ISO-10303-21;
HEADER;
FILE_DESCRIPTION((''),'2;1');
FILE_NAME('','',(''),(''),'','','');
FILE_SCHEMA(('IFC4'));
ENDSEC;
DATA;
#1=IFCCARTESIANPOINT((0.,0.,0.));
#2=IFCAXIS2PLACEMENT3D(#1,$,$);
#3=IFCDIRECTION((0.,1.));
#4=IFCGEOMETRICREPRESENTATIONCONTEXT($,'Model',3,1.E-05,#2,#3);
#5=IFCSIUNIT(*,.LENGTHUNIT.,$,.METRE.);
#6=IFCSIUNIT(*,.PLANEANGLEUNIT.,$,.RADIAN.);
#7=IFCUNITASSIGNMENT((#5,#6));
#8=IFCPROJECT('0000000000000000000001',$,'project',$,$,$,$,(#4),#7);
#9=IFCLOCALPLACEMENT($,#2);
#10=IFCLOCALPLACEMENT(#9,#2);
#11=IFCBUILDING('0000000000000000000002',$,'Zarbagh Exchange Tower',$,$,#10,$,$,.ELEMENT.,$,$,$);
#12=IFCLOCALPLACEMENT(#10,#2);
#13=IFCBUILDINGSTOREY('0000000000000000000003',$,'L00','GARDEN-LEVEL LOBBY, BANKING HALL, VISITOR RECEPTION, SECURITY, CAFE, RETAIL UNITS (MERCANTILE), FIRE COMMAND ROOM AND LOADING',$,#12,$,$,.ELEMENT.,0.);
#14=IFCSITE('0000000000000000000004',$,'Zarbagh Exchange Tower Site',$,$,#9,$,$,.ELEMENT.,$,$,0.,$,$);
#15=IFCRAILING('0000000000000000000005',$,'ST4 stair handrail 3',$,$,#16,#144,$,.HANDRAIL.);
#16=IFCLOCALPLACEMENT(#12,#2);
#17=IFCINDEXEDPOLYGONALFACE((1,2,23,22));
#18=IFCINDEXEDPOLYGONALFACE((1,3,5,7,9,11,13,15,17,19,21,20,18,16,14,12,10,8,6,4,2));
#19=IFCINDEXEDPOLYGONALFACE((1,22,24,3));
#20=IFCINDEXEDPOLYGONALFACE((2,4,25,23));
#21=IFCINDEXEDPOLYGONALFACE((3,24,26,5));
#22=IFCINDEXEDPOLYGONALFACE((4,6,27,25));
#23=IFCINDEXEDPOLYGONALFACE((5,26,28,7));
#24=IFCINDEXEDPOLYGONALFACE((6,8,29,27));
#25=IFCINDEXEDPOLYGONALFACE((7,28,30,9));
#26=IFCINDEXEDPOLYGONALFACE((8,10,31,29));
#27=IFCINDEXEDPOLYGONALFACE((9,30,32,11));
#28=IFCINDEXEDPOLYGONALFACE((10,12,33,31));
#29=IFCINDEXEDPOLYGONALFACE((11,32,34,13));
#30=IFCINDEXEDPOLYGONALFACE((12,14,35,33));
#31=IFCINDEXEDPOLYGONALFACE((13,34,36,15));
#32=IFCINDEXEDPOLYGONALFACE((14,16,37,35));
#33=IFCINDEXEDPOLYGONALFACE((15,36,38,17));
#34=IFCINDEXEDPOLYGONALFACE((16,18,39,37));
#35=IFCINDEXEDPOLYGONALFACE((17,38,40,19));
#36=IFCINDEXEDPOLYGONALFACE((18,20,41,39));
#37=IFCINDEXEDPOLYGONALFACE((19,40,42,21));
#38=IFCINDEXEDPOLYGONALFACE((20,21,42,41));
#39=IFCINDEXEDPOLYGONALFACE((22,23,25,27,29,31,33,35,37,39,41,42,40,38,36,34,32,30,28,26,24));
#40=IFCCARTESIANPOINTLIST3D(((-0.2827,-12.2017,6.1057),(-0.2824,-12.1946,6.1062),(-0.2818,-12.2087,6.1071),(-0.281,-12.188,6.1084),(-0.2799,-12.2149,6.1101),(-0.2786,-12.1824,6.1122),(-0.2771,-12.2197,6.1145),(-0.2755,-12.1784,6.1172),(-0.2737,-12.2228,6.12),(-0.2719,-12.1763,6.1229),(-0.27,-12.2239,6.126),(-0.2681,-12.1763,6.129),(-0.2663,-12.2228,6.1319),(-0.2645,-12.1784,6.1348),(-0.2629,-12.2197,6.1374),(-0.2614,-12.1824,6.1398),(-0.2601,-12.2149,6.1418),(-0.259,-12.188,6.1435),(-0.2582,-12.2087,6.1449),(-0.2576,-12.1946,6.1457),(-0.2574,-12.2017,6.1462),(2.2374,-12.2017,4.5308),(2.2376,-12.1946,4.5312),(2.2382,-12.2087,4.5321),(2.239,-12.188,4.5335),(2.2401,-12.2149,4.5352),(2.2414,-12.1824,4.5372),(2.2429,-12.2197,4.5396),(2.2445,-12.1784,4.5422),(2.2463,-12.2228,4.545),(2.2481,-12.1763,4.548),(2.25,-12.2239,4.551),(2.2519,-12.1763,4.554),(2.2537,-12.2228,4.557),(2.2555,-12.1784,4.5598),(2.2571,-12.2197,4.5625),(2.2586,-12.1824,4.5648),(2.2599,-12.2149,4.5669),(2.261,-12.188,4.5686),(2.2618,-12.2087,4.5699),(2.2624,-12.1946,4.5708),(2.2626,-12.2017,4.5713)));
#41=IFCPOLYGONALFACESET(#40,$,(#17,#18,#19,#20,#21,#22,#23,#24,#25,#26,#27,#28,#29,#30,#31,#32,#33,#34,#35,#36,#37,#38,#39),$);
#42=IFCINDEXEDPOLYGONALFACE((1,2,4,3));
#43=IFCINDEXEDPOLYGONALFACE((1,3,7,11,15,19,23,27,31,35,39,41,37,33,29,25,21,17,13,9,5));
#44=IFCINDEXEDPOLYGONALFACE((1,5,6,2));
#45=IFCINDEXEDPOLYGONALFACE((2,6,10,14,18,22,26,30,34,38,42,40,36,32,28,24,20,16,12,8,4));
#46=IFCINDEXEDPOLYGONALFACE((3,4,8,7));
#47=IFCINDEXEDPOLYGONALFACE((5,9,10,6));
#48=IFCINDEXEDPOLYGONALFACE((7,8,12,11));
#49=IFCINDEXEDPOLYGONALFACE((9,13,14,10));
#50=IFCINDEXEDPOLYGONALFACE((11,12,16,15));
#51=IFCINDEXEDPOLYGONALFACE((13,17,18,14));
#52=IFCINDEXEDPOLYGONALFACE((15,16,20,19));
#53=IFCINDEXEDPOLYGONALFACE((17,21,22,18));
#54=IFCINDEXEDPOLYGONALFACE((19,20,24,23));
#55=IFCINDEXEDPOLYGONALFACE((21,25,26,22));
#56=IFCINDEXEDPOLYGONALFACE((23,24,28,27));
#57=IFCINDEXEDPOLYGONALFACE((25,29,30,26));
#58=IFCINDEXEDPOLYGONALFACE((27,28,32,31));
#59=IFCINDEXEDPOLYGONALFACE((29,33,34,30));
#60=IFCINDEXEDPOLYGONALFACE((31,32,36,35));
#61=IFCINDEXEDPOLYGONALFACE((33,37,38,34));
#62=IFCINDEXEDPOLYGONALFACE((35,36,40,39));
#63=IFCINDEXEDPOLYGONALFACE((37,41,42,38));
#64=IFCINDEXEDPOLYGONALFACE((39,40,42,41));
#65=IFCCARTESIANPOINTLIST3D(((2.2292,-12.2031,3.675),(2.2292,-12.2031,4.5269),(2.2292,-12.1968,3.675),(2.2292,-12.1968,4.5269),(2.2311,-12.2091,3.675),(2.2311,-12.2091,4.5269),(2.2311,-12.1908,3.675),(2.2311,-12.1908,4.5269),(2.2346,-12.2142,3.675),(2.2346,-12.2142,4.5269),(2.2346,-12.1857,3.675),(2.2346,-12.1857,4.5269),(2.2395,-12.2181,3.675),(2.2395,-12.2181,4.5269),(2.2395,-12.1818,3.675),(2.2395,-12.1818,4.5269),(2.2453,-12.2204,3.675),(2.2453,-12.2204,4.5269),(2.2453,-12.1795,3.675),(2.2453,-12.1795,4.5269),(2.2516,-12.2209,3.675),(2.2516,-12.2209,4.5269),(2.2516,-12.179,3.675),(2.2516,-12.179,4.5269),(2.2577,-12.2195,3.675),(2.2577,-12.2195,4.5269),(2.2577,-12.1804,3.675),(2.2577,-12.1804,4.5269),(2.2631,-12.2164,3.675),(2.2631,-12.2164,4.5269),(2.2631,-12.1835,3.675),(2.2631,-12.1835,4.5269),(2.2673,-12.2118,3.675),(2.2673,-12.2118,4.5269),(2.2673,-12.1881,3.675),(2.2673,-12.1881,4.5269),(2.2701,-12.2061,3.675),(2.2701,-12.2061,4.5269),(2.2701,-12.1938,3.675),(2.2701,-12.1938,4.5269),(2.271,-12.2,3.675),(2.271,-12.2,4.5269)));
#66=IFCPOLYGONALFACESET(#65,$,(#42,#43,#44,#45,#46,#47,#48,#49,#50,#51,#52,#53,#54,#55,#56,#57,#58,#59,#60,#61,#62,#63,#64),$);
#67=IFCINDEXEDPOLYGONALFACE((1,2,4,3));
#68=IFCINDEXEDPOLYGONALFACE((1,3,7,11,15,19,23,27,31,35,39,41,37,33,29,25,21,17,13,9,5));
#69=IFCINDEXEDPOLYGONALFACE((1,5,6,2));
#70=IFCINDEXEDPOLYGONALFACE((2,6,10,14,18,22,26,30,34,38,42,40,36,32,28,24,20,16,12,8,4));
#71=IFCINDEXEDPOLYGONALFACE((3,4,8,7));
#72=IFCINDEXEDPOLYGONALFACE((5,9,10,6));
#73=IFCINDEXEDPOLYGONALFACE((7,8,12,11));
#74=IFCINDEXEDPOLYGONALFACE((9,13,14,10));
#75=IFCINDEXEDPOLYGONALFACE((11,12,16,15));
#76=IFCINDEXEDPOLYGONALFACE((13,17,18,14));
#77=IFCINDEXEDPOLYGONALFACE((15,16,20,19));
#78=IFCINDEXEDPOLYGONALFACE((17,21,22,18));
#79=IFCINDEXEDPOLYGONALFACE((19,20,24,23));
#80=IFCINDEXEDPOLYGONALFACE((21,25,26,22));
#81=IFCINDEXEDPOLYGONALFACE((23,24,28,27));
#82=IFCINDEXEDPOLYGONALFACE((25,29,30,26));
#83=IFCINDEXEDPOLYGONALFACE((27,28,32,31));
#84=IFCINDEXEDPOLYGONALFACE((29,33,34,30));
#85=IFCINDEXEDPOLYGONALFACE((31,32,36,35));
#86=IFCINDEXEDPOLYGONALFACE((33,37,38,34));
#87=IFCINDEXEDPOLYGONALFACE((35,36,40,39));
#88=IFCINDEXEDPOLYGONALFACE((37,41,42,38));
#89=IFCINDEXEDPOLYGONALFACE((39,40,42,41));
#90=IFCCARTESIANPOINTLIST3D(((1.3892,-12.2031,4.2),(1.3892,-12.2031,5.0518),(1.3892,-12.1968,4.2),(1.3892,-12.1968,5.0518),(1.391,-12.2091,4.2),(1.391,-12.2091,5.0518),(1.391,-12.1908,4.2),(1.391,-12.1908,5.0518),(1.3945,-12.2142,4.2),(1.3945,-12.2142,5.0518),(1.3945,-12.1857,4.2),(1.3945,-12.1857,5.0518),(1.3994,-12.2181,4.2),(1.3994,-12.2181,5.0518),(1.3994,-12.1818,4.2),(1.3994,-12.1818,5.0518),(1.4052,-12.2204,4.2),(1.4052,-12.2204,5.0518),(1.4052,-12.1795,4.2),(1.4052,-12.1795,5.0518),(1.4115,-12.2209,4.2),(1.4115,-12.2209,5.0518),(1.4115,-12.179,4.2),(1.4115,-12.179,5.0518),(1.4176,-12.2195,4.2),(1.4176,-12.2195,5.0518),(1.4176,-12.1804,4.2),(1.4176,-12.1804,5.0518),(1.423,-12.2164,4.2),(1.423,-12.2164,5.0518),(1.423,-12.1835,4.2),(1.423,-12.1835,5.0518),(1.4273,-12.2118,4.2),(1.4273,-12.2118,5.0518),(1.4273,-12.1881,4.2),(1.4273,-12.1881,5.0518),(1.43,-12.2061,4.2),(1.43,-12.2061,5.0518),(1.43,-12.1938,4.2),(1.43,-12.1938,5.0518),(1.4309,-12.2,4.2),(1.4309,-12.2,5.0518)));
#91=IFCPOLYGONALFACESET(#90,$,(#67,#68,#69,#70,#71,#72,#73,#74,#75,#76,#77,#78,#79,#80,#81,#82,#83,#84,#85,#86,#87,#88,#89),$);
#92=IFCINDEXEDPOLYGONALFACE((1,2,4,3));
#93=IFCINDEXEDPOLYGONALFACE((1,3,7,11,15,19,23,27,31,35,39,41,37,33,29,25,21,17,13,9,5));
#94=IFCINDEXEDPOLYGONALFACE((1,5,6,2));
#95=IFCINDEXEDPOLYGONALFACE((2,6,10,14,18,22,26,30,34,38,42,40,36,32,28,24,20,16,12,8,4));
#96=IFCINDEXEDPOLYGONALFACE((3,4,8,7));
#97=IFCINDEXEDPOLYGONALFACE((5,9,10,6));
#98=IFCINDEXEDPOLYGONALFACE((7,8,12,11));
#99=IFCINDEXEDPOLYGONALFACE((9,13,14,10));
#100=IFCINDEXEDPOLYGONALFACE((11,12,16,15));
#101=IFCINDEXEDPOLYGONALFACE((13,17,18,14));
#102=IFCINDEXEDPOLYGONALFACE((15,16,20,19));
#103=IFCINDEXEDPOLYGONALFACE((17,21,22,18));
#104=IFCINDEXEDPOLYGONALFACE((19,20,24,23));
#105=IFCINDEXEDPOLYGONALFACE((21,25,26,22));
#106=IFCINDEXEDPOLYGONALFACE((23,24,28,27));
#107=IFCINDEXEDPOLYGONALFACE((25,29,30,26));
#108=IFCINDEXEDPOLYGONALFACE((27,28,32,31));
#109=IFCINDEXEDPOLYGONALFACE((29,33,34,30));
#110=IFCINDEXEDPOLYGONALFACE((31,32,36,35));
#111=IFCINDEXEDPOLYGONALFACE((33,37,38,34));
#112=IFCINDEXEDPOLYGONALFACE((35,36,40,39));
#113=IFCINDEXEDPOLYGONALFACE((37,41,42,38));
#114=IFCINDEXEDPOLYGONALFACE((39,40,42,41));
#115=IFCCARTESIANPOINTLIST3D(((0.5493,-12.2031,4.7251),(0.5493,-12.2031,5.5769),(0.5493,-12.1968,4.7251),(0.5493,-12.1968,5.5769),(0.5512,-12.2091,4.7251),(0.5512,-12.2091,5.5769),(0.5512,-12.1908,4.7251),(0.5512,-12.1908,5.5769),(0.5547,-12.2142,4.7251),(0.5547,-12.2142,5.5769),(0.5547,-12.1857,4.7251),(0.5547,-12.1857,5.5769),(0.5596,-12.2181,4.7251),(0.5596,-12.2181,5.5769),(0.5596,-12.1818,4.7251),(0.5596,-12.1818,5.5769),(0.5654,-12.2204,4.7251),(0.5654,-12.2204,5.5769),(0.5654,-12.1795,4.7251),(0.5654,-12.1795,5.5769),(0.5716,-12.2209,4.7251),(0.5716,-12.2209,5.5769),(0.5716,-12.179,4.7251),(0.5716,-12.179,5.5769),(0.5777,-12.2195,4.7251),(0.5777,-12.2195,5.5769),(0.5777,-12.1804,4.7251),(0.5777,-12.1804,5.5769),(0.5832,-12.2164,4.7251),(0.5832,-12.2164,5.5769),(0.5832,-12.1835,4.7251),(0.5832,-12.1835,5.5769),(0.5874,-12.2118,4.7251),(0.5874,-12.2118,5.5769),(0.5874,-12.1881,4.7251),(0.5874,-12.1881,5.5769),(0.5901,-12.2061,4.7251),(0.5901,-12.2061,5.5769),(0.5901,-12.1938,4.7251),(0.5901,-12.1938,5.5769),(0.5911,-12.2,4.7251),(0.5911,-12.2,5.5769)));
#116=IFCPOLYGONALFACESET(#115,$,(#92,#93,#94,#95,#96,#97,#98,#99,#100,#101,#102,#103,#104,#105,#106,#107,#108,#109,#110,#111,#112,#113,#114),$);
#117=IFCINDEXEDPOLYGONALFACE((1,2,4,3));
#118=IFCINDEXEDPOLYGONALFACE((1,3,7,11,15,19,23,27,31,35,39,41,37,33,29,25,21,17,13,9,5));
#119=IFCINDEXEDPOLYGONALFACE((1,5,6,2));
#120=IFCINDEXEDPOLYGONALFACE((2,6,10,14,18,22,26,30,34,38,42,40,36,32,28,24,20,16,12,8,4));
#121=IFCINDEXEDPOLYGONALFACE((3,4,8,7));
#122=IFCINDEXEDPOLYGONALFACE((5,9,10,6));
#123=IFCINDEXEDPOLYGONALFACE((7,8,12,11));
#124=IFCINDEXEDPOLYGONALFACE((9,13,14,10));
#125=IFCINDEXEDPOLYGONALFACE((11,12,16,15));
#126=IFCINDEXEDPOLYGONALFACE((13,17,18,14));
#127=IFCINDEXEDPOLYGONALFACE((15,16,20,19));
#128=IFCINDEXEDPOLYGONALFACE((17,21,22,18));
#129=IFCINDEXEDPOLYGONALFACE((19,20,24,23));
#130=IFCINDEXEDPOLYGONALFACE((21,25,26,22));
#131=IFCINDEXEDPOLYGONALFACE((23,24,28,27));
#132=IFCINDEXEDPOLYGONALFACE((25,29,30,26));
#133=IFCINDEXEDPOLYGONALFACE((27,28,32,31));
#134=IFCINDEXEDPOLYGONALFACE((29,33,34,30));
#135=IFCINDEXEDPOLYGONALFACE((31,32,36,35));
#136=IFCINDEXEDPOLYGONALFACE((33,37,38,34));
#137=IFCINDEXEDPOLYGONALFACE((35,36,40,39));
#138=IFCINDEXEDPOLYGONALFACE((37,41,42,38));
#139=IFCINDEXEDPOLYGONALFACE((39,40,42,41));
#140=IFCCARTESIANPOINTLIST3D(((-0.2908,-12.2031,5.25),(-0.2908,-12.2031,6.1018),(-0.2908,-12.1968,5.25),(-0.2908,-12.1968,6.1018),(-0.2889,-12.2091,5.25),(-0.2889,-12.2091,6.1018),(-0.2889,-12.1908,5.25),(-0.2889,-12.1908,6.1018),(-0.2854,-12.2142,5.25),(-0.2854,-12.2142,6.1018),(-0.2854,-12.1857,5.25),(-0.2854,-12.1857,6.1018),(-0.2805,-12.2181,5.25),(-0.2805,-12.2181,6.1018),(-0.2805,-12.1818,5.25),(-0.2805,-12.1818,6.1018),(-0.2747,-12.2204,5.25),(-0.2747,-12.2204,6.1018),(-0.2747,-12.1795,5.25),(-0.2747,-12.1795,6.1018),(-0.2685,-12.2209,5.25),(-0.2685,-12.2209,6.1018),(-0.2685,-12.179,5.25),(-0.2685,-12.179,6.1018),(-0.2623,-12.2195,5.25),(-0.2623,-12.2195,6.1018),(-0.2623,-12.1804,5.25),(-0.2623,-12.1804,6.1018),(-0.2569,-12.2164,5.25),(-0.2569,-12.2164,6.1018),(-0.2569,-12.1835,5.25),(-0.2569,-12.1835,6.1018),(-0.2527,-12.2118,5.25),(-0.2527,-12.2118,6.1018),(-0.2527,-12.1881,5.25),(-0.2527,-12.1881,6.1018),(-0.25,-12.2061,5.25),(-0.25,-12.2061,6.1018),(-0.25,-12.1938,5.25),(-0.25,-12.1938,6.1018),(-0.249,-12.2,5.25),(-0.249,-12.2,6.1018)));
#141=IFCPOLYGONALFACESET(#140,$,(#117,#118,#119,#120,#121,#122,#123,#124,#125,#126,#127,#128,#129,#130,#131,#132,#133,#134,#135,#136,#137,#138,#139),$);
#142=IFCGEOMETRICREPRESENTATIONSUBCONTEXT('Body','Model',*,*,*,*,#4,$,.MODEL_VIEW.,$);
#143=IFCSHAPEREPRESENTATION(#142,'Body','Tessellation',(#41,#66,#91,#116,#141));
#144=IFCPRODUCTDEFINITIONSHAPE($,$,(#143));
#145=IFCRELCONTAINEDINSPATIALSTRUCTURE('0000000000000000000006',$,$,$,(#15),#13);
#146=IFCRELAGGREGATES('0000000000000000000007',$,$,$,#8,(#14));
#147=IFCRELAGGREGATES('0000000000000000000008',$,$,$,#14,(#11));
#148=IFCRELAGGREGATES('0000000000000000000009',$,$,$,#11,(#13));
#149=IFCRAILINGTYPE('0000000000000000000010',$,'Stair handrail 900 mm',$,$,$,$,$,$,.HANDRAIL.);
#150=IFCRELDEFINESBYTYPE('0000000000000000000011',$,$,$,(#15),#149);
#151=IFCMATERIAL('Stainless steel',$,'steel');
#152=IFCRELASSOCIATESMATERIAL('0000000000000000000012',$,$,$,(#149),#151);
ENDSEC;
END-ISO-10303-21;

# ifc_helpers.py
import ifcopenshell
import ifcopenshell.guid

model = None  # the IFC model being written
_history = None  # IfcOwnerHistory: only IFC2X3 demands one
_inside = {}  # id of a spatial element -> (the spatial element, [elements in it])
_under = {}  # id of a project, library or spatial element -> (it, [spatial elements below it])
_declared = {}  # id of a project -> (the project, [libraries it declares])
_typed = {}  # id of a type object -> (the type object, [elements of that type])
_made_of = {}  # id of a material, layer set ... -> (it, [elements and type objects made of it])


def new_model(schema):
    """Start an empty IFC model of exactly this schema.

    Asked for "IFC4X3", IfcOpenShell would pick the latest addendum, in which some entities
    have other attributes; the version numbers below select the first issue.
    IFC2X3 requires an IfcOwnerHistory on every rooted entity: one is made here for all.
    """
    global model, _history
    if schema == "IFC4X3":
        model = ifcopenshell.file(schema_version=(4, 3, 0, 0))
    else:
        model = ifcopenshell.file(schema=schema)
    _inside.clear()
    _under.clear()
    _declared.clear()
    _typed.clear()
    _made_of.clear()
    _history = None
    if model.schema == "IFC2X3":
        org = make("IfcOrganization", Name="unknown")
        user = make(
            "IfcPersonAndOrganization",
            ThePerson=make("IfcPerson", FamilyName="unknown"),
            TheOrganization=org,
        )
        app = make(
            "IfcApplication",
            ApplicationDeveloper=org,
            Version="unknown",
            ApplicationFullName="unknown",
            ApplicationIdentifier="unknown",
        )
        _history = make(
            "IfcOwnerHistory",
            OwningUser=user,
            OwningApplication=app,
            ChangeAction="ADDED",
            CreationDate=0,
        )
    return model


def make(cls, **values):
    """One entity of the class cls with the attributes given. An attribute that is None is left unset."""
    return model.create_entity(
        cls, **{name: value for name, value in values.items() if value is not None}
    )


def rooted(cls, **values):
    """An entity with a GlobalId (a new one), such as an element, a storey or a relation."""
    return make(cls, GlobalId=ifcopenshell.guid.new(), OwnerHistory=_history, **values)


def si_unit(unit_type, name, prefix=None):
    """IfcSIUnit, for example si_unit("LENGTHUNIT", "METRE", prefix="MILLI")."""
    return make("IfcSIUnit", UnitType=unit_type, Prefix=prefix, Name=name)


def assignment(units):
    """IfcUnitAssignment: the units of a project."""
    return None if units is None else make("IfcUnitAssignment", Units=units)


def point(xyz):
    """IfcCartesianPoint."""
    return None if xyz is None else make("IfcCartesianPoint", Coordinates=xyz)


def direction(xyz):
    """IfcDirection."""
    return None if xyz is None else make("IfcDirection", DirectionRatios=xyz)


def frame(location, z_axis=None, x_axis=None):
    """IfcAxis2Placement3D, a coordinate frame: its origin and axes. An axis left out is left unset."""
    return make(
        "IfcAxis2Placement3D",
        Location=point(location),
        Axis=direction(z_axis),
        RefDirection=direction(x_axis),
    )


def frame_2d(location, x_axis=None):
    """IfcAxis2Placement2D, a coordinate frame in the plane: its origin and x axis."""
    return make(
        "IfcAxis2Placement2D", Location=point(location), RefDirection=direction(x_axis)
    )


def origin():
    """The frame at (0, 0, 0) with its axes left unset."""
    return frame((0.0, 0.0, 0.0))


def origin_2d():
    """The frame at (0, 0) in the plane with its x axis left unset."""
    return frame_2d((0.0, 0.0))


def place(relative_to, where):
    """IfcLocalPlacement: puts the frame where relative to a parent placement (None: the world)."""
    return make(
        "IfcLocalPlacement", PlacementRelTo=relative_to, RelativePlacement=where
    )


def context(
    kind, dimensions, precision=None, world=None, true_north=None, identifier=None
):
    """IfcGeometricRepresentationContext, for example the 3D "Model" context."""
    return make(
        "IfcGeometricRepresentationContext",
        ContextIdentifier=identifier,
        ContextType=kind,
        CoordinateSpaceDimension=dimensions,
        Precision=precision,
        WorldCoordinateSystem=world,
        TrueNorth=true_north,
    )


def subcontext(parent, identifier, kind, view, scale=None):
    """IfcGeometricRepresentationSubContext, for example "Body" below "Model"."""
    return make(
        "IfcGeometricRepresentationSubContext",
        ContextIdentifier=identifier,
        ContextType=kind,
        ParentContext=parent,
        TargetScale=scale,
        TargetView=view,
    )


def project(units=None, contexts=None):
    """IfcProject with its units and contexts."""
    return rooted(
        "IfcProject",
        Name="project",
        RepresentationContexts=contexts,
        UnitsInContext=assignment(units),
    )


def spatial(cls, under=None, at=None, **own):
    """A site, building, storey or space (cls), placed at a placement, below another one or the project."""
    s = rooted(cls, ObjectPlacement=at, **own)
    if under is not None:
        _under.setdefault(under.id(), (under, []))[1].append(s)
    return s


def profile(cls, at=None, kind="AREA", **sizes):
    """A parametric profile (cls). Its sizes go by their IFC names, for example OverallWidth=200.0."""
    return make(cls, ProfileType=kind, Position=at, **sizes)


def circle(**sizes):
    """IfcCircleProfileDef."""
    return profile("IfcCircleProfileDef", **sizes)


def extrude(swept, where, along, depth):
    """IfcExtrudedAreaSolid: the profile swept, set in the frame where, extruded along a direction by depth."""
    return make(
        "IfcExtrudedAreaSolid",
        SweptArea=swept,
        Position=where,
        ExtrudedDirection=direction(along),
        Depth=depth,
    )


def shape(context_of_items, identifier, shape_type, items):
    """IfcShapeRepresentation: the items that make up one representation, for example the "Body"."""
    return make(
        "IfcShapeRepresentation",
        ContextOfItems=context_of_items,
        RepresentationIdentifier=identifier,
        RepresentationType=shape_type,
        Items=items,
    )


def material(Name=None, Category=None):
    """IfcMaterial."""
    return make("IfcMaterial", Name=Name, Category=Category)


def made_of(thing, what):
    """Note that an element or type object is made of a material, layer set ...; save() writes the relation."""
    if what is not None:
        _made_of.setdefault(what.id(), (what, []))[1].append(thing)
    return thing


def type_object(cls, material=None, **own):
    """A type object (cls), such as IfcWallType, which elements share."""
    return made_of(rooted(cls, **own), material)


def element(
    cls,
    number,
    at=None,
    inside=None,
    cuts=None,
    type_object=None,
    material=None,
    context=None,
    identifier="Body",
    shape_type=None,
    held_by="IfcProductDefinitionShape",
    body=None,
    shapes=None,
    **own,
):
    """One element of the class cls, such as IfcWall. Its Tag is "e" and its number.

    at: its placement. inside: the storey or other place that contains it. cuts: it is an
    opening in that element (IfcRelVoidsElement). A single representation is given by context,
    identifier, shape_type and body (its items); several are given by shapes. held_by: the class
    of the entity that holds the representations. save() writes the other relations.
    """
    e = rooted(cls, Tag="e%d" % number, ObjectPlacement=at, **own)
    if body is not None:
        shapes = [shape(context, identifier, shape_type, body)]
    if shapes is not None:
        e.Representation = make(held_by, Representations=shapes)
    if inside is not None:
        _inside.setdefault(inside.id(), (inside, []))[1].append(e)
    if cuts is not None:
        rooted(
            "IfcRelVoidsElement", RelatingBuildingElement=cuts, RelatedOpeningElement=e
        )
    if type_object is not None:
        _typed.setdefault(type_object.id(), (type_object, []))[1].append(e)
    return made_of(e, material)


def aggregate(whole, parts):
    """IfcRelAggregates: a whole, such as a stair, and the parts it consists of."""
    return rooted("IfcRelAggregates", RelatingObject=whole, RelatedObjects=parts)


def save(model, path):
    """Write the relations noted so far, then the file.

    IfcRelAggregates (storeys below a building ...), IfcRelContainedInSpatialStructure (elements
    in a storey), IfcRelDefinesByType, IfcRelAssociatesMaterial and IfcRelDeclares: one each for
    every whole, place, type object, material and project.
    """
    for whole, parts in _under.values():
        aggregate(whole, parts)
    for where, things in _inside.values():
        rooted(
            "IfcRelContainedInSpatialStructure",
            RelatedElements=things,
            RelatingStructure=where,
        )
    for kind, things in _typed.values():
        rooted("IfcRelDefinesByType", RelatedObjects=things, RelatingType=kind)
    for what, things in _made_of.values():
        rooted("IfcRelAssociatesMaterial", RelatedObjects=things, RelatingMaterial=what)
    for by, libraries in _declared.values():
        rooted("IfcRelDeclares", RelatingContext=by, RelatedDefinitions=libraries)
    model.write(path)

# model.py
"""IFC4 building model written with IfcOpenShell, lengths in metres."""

from ifc_helpers import new_model, si_unit, direction, frame, origin, origin_2d, place, context, subcontext, project, spatial, circle, extrude, material, type_object, element, save


model = new_model("IFC4")

# Units and contexts
model_context = context("Model", 3, precision=1e-05, world=origin(), true_north=direction((0.0, 1.0)))
body_context = subcontext(model_context, "Body", "Model", "MODEL_VIEW")
ifc_project = project(units=[si_unit("LENGTHUNIT", "METRE"), si_unit("PLANEANGLEUNIT", "RADIAN")], contexts=[model_context])

# Site, building, storey
site_placement = place(None, origin())
site = spatial("IfcSite", under=ifc_project, at=site_placement, Name="Zarbagh Exchange Tower Site", CompositionType="ELEMENT", RefElevation=0.0)
building_placement = place(site_placement, origin())
building = spatial("IfcBuilding", under=site, at=building_placement, Name="Zarbagh Exchange Tower", CompositionType="ELEMENT")
storey_placement = place(building_placement, origin())
storey = spatial("IfcBuildingStorey", under=building, at=storey_placement, Name="L00", Description="GARDEN-LEVEL LOBBY, BANKING HALL, VISITOR RECEPTION, SECURITY, CAFE, RETAIL UNITS (MERCANTILE), FIRE COMMAND ROOM AND LOADING", CompositionType="ELEMENT", Elevation=0.0)

# Railing
ifc_material_1 = material(Name="Stainless steel", Category="steel")
railing_type_1 = type_object("IfcRailingType", Name="Stair handrail 900 mm", PredefinedType="HANDRAIL", material=ifc_material_1)
for number, where, name in (
    (1, (2.25, -12.2, 3.675), "ST4 stair handrail 3"),
):
    element("IfcRailing", number, at=place(storey_placement, frame(where)), inside=storey, type_object=railing_type_1, Name=name, PredefinedType="HANDRAIL", context=body_context, shape_type="SweptSolid", body=[
        extrude(circle(Radius=0.0239, at=origin_2d()), frame((0.0, 0.0, 0.876), z_axis=(-0.848008, 0.0, 0.529984), x_axis=(0.0, -1.0, 0.0)), (0.0, 0.0, 1.0), 2.9717),
        extrude(circle(Radius=0.021, at=origin_2d()), origin(), (0.0, 0.0, 1.0), 0.8518),
        extrude(circle(Radius=0.021, at=origin_2d()), frame((-0.8401, 0.0, 0.5249)), (0.0, 0.0, 1.0), 0.8518),
        extrude(circle(Radius=0.021, at=origin_2d()), frame((-1.6799, 0.0, 1.05)), (0.0, 0.0, 1.0), 0.8518),
        extrude(circle(Radius=0.021, at=origin_2d()), frame((-2.52, 0.0, 1.575)), (0.0, 0.0, 1.0), 0.8518),
    ])

save(model, "model.ifc")
